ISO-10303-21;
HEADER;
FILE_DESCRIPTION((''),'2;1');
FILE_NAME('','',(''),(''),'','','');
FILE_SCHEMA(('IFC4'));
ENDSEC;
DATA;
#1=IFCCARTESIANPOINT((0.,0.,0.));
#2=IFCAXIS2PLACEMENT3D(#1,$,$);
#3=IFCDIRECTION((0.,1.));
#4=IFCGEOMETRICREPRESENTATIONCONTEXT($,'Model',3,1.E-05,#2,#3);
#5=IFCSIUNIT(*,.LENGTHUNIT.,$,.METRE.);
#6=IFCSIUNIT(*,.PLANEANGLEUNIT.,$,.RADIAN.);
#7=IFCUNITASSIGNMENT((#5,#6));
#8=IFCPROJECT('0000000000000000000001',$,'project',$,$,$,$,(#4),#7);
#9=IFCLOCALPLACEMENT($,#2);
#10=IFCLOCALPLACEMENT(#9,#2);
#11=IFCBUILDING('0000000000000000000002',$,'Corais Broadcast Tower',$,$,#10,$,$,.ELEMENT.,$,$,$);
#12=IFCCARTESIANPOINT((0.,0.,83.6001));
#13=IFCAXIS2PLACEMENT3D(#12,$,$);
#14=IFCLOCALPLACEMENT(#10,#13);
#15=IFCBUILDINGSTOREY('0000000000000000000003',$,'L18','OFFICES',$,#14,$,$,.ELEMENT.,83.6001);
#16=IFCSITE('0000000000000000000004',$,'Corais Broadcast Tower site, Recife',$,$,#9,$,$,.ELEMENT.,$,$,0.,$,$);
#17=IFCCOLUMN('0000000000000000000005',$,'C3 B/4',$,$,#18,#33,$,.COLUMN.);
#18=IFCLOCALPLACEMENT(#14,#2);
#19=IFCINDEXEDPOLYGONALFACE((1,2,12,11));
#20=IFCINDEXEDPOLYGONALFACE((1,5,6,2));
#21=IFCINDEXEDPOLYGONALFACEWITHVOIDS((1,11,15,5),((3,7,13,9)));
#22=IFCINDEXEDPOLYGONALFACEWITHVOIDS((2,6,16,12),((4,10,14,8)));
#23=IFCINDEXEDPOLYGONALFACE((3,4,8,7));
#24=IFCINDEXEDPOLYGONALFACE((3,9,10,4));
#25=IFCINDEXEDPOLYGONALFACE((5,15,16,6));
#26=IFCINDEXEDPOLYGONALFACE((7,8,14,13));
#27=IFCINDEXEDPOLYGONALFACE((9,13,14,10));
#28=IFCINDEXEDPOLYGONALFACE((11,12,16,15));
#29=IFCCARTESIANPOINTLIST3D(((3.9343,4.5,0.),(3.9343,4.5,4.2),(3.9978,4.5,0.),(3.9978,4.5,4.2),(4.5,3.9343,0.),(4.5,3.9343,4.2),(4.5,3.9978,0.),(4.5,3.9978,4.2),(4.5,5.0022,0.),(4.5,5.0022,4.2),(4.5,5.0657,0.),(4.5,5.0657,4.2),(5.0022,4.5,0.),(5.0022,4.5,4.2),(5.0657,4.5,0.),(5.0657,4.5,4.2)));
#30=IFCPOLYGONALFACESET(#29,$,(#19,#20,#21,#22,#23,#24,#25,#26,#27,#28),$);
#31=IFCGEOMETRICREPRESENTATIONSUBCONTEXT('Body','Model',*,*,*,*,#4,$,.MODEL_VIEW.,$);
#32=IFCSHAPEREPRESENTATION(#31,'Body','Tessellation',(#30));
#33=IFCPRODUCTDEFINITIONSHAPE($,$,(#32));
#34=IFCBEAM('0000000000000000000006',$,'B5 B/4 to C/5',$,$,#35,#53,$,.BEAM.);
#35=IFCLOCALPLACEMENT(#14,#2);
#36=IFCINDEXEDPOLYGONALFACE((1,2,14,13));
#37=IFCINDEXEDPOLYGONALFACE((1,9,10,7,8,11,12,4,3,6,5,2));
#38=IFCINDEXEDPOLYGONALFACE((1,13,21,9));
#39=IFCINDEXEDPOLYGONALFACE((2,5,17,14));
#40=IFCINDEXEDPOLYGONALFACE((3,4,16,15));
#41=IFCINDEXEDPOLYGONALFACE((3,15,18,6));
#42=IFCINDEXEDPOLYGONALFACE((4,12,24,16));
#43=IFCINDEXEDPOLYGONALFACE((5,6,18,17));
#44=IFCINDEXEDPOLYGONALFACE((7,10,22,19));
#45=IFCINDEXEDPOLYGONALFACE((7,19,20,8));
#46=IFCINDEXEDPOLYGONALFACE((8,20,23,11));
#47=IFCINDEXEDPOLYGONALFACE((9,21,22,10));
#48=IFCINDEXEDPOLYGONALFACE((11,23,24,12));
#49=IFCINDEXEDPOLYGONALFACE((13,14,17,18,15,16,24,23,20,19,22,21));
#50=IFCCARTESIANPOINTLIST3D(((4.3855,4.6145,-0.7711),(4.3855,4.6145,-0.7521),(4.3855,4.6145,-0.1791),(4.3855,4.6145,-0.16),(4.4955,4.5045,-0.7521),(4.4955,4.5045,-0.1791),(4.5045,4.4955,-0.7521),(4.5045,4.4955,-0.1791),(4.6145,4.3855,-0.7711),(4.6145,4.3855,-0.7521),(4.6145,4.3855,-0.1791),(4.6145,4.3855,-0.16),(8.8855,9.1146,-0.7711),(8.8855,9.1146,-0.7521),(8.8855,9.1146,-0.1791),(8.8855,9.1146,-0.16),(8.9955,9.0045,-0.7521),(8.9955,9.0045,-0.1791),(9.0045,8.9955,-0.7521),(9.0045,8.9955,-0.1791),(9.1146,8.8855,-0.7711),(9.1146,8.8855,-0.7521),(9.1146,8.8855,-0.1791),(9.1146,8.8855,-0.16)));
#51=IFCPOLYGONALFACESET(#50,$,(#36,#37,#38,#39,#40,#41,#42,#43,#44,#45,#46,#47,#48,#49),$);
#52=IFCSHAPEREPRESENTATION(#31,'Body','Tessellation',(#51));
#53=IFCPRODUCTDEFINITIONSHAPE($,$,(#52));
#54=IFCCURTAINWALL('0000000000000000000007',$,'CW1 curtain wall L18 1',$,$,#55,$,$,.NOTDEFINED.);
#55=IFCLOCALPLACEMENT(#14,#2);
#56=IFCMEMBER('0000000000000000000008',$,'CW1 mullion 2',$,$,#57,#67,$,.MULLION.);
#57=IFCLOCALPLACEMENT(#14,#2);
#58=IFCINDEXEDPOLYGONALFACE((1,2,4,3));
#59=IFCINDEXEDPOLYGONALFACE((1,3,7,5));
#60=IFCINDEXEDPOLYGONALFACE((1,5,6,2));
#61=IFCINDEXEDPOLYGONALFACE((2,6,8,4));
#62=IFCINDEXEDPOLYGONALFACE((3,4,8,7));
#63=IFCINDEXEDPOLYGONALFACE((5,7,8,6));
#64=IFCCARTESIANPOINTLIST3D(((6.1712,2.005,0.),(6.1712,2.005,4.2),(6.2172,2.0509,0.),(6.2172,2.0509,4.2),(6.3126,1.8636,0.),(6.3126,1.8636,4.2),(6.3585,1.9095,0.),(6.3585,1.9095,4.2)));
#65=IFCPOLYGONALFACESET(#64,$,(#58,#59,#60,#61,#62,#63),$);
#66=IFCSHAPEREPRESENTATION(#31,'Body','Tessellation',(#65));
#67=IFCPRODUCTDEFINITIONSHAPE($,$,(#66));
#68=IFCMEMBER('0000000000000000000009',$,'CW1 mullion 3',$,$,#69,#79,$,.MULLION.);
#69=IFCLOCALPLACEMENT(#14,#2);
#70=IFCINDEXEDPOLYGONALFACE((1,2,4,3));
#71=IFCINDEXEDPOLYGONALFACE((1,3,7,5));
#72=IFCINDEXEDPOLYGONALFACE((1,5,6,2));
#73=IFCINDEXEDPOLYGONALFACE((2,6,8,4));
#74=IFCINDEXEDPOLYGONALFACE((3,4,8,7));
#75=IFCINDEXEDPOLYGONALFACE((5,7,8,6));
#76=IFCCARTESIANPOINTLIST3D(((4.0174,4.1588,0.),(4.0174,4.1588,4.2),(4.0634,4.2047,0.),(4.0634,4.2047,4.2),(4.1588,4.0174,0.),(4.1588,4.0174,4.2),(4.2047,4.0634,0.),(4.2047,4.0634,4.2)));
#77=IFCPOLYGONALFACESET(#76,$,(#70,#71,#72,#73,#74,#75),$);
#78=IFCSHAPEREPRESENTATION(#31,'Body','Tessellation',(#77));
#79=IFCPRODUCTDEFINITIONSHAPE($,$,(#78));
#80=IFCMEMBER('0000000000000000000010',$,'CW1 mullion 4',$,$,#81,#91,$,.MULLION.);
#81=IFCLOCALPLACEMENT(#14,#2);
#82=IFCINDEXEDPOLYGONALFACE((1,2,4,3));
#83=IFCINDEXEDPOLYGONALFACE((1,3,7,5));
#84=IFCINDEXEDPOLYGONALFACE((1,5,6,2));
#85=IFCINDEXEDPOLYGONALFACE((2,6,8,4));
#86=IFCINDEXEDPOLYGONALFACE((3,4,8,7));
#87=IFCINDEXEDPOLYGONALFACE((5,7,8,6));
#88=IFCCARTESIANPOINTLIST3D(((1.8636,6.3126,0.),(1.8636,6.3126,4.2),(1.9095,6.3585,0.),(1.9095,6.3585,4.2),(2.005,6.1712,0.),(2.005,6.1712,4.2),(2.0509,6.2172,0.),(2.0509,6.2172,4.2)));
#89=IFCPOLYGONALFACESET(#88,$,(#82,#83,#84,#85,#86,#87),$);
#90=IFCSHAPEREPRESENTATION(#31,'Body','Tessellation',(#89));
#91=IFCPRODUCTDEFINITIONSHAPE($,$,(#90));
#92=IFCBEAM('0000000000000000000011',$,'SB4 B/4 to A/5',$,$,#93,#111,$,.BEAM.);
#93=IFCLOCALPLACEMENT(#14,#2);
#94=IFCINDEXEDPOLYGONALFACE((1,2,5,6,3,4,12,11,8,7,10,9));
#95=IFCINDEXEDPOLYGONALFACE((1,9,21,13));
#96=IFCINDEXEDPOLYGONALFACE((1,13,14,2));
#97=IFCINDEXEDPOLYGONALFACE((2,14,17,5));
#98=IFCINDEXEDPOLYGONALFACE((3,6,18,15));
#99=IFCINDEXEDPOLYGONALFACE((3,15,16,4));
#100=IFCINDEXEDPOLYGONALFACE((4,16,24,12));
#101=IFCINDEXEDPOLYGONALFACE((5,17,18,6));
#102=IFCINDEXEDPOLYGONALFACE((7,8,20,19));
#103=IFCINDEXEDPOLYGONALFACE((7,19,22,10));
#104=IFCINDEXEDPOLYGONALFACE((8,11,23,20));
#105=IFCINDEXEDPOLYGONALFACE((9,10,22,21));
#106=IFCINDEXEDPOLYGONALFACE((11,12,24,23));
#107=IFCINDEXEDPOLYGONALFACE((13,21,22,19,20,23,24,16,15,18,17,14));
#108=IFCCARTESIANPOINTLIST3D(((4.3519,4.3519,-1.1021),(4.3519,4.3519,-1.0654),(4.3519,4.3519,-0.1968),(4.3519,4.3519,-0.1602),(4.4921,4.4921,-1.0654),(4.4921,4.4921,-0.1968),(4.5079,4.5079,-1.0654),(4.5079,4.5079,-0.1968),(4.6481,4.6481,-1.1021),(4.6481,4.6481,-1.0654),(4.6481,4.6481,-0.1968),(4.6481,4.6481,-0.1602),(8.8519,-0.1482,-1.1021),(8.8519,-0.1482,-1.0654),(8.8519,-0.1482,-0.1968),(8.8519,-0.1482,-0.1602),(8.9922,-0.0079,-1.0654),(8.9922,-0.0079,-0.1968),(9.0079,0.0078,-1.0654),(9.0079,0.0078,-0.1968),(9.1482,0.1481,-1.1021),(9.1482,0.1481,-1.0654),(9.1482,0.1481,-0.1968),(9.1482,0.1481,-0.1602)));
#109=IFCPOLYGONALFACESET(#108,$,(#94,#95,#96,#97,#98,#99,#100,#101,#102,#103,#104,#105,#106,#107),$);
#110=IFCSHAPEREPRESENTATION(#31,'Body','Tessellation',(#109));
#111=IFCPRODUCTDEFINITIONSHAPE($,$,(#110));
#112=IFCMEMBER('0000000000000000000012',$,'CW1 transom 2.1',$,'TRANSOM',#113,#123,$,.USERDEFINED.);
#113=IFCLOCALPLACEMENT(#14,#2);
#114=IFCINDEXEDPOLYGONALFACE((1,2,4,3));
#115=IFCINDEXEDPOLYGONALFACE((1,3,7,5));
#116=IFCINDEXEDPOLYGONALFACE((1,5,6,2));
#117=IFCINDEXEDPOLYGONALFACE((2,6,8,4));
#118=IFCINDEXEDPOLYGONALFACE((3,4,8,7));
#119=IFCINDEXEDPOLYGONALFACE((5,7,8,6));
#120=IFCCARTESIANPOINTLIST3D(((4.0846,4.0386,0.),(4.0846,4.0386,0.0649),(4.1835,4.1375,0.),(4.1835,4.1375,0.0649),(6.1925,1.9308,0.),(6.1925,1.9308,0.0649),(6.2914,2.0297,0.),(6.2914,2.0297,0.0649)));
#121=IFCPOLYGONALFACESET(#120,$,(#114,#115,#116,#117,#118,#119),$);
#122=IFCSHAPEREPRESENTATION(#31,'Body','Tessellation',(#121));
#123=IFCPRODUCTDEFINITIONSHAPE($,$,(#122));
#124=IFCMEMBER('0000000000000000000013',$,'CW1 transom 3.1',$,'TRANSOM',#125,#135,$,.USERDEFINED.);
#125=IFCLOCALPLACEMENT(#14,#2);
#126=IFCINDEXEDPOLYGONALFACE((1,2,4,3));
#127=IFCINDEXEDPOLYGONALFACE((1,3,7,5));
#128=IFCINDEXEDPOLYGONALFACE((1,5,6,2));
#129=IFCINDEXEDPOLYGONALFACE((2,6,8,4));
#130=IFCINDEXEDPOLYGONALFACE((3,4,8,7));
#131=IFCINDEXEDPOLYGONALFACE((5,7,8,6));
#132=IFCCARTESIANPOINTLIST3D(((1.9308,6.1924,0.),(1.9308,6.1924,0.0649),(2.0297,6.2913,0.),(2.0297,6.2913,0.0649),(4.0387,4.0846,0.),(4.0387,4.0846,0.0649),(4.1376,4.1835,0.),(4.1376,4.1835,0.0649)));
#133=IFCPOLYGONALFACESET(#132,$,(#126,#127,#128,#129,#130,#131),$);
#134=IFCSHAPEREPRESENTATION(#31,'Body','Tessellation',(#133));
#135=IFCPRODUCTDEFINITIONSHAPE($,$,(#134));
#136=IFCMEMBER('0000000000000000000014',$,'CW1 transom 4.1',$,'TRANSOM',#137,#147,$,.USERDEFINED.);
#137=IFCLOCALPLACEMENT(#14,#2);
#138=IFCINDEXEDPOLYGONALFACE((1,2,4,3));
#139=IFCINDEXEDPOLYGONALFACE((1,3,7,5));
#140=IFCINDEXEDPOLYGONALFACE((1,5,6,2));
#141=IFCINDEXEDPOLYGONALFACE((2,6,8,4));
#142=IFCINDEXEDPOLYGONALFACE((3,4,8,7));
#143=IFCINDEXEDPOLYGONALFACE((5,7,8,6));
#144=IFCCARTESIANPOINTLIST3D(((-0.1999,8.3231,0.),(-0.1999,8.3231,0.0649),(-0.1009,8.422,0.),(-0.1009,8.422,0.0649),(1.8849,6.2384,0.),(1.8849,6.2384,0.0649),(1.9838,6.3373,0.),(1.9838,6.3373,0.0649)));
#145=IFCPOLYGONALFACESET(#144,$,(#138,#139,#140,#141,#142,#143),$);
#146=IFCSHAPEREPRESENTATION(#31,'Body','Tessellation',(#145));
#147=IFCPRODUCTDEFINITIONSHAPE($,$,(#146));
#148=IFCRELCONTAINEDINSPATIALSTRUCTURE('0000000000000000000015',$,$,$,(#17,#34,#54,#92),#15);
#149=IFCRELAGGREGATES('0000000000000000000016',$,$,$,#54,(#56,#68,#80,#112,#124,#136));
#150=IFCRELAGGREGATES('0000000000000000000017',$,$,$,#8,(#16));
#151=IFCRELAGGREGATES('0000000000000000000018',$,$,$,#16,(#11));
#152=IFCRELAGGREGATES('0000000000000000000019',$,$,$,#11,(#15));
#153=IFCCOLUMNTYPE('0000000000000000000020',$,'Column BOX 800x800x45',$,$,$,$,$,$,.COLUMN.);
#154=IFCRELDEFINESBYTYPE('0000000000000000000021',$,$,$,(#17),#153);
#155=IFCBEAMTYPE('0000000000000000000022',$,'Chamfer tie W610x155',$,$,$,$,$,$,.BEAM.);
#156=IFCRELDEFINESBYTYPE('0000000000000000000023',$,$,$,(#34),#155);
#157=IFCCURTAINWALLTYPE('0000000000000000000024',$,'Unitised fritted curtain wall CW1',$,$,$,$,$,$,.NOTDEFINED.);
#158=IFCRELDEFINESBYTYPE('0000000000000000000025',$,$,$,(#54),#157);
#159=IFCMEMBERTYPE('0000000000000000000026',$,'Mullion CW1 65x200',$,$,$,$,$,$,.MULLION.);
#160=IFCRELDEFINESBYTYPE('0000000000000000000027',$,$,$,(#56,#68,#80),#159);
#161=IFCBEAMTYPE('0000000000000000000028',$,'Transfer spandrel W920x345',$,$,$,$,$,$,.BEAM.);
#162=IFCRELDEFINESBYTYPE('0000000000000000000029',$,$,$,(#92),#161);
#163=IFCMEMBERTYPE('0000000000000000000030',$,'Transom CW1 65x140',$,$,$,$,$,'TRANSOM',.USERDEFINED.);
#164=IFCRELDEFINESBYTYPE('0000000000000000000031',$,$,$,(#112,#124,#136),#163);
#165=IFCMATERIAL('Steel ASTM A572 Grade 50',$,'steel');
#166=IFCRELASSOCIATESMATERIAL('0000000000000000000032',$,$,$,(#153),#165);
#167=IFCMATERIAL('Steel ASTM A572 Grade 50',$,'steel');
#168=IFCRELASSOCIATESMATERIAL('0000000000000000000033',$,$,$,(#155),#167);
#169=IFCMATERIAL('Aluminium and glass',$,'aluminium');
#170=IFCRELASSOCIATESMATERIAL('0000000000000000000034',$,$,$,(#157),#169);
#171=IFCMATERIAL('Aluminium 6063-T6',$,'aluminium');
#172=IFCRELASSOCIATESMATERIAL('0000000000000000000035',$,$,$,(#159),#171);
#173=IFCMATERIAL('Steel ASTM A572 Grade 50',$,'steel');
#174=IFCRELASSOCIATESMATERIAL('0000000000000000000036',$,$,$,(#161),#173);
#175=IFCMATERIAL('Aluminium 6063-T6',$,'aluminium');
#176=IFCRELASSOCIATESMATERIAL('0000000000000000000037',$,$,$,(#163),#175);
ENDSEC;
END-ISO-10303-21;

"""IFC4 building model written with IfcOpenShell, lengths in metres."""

from ifc_helpers import new_model, si_unit, direction, frame, origin, origin_2d, place, context, subcontext, project, spatial, rectangle, hollow_rectangle, i_section, extrude, material, material_profile, profile_set, type_object, element, aggregate, save


model = new_model("IFC4")

# Units and contexts
model_context = context("Model", 3, precision=1e-05, world=origin(), true_north=direction((0.0, 1.0)))
body_context = subcontext(model_context, "Body", "Model", "MODEL_VIEW")
ifc_project = project(units=[si_unit("LENGTHUNIT", "METRE"), si_unit("PLANEANGLEUNIT", "RADIAN")], contexts=[model_context])

# Site, building, storey
site_placement = place(None, origin())
site = spatial("IfcSite", under=ifc_project, at=site_placement, Name="Corais Broadcast Tower site, Recife", CompositionType="ELEMENT", RefElevation=0.0)
building_placement = place(site_placement, origin())
building = spatial("IfcBuilding", under=site, at=building_placement, Name="Corais Broadcast Tower", CompositionType="ELEMENT")
storey_placement = place(building_placement, frame((0.0, 0.0, 83.6001)))
storey = spatial("IfcBuildingStorey", under=building, at=storey_placement, Name="L18", Description="OFFICES", CompositionType="ELEMENT", Elevation=83.6001)

# Column
ifc_material_1 = material(Name="Steel ASTM A572 Grade 50", Category="steel")
ifc_material_profile_1 = material_profile(ifc_material_1, hollow_rectangle(XDim=0.8, YDim=0.8, WallThickness=0.0449, at=origin_2d()), Name="BOX 800x800x45")
ifc_profile_set_1 = profile_set([ifc_material_profile_1], Name="Steel ASTM A572 Grade 50")
column_type = type_object("IfcColumnType", Name="Column BOX 800x800x45", PredefinedType="COLUMN", material=ifc_profile_set_1)
column_placement = place(storey_placement, frame((4.5, 4.5, 0.0), z_axis=(0.0, 0.0, 1.0), x_axis=(0.707107, 0.707107, 0.0)))
element("IfcColumn", 1, at=column_placement, inside=storey, type_object=column_type, Name="C3 B/4", PredefinedType="COLUMN", context=body_context, shape_type="SweptSolid", body=[
    extrude(hollow_rectangle(XDim=0.8, YDim=0.8, WallThickness=0.0449, at=origin_2d()), origin(), (0.0, 0.0, 1.0), 4.2),
])

# Beam
ifc_material_2 = material(Name="Steel ASTM A572 Grade 50", Category="steel")
ifc_material_profile_2 = material_profile(ifc_material_2, i_section(OverallWidth=0.324, OverallDepth=0.6111, WebThickness=0.0127, FlangeThickness=0.019, at=origin_2d()), Name="W610x155")
ifc_profile_set_2 = profile_set([ifc_material_profile_2], Name="Steel ASTM A572 Grade 50")
beam_type_1 = type_object("IfcBeamType", Name="Chamfer tie W610x155", PredefinedType="BEAM", material=ifc_profile_set_2)
beam_1_placement = place(storey_placement, frame((4.5, 4.5, -0.4656), z_axis=(0.707107, 0.707107, 0.0), x_axis=(-0.707107, 0.707107, 0.0)))
element("IfcBeam", 2, at=beam_1_placement, inside=storey, type_object=beam_type_1, Name="B5 B/4 to C/5", PredefinedType="BEAM", context=body_context, shape_type="SweptSolid", body=[
    extrude(i_section(OverallWidth=0.324, OverallDepth=0.6111, WebThickness=0.0127, FlangeThickness=0.019, at=origin_2d()), origin(), (0.0, 0.0, 1.0), 6.364),
])

# Curtain wall, members
ifc_material_3 = material(Name="Aluminium and glass", Category="aluminium")
curtain_wall_type = type_object("IfcCurtainWallType", Name="Unitised fritted curtain wall CW1", PredefinedType="NOTDEFINED", material=ifc_material_3)
curtain_wall_placement = place(storey_placement, origin())
curtain_wall = element("IfcCurtainWall", 3, at=curtain_wall_placement, inside=storey, type_object=curtain_wall_type, Name="CW1 curtain wall L18 1", PredefinedType="NOTDEFINED")
ifc_material_4 = material(Name="Aluminium 6063-T6", Category="aluminium")
ifc_material_profile_3 = material_profile(ifc_material_4, rectangle(XDim=0.0649, YDim=0.2, at=origin_2d()), Name="Mullion CW1 65x200")
ifc_profile_set_3 = profile_set([ifc_material_profile_3], Name="Aluminium 6063-T6")
member_type_1 = type_object("IfcMemberType", Name="Mullion CW1 65x200", PredefinedType="MULLION", material=ifc_profile_set_3)
member_1_placement = place(storey_placement, frame((6.2649, 1.9573, 0.0), z_axis=(0.0, 0.0, 1.0), x_axis=(-0.707107, -0.707107, 0.0)))
member_1 = element("IfcMember", 4, at=member_1_placement, type_object=member_type_1, Name="CW1 mullion 2", PredefinedType="MULLION", context=body_context, shape_type="SweptSolid", body=[
    extrude(rectangle(XDim=0.0649, YDim=0.2, at=origin_2d()), origin(), (0.0, 0.0, 1.0), 4.2),
])
member_2_placement = place(storey_placement, frame((4.1111, 4.1111, 0.0), z_axis=(0.0, 0.0, 1.0), x_axis=(-0.707107, -0.707107, 0.0)))
member_2 = element("IfcMember", 5, at=member_2_placement, type_object=member_type_1, Name="CW1 mullion 3", PredefinedType="MULLION", context=body_context, shape_type="SweptSolid", body=[
    extrude(rectangle(XDim=0.0649, YDim=0.2, at=origin_2d()), origin(), (0.0, 0.0, 1.0), 4.2),
])
member_3_placement = place(storey_placement, frame((1.9573, 6.2649, 0.0), z_axis=(0.0, 0.0, 1.0), x_axis=(-0.707107, -0.707107, 0.0)))
member_3 = element("IfcMember", 6, at=member_3_placement, type_object=member_type_1, Name="CW1 mullion 4", PredefinedType="MULLION", context=body_context, shape_type="SweptSolid", body=[
    extrude(rectangle(XDim=0.0649, YDim=0.2, at=origin_2d()), origin(), (0.0, 0.0, 1.0), 4.2),
])

# Beam
ifc_material_5 = material(Name="Steel ASTM A572 Grade 50", Category="steel")
ifc_material_profile_4 = material_profile(ifc_material_5, i_section(OverallWidth=0.4189, OverallDepth=0.9419, WebThickness=0.0222, FlangeThickness=0.0366, at=origin_2d()), Name="W920x345")
ifc_profile_set_4 = profile_set([ifc_material_profile_4], Name="Steel ASTM A572 Grade 50")
beam_type_2 = type_object("IfcBeamType", Name="Transfer spandrel W920x345", PredefinedType="BEAM", material=ifc_profile_set_4)
beam_2_placement = place(storey_placement, frame((4.5, 4.5, -0.6311), z_axis=(0.707107, -0.707107, 0.0), x_axis=(0.707107, 0.707107, 0.0)))
element("IfcBeam", 7, at=beam_2_placement, inside=storey, type_object=beam_type_2, Name="SB4 B/4 to A/5", PredefinedType="BEAM", context=body_context, shape_type="SweptSolid", body=[
    extrude(i_section(OverallWidth=0.4189, OverallDepth=0.9419, WebThickness=0.0222, FlangeThickness=0.0366, at=origin_2d()), origin(), (0.0, 0.0, 1.0), 6.364),
])

# Members
ifc_material_6 = material(Name="Aluminium 6063-T6", Category="aluminium")
ifc_material_profile_5 = material_profile(ifc_material_6, rectangle(XDim=0.1399, YDim=0.0649, at=origin_2d()), Name="Transom CW1 65x140")
ifc_profile_set_5 = profile_set([ifc_material_profile_5], Name="Aluminium 6063-T6")
member_type_2 = type_object("IfcMemberType", Name="Transom CW1 65x140", ElementType="TRANSOM", PredefinedType="USERDEFINED", material=ifc_profile_set_5)
member_4_placement = place(storey_placement, frame((6.2419, 1.9802, 0.0325), z_axis=(-0.707107, 0.707107, 0.0), x_axis=(-0.707107, -0.707107, 0.0)))
member_4 = element("IfcMember", 8, at=member_4_placement, type_object=member_type_2, Name="CW1 transom 2.1", ObjectType="TRANSOM", PredefinedType="USERDEFINED", context=body_context, shape_type="SweptSolid", body=[
    extrude(rectangle(XDim=0.1399, YDim=0.0649, at=origin_2d()), origin(), (0.0, 0.0, 1.0), 2.981),
])
member_5_placement = place(storey_placement, frame((4.0881, 4.134, 0.0325), z_axis=(-0.707107, 0.707107, 0.0), x_axis=(-0.707107, -0.707107, 0.0)))
member_5 = element("IfcMember", 9, at=member_5_placement, type_object=member_type_2, Name="CW1 transom 3.1", ObjectType="TRANSOM", PredefinedType="USERDEFINED", context=body_context, shape_type="SweptSolid", body=[
    extrude(rectangle(XDim=0.1399, YDim=0.0649, at=origin_2d()), origin(), (0.0, 0.0, 1.0), 2.981),
])
member_6_placement = place(storey_placement, frame((1.9343, 6.2878, 0.0325), z_axis=(-0.707107, 0.707107, 0.0), x_axis=(-0.707107, -0.707107, 0.0)))
member_6 = element("IfcMember", 10, at=member_6_placement, type_object=member_type_2, Name="CW1 transom 4.1", ObjectType="TRANSOM", PredefinedType="USERDEFINED", context=body_context, shape_type="SweptSolid", body=[
    extrude(rectangle(XDim=0.1399, YDim=0.0649, at=origin_2d()), origin(), (0.0, 0.0, 1.0), 2.9482),
])

aggregate(curtain_wall, [member_1, member_2, member_3, member_4, member_5, member_6])

save(model, "model.ifc")
